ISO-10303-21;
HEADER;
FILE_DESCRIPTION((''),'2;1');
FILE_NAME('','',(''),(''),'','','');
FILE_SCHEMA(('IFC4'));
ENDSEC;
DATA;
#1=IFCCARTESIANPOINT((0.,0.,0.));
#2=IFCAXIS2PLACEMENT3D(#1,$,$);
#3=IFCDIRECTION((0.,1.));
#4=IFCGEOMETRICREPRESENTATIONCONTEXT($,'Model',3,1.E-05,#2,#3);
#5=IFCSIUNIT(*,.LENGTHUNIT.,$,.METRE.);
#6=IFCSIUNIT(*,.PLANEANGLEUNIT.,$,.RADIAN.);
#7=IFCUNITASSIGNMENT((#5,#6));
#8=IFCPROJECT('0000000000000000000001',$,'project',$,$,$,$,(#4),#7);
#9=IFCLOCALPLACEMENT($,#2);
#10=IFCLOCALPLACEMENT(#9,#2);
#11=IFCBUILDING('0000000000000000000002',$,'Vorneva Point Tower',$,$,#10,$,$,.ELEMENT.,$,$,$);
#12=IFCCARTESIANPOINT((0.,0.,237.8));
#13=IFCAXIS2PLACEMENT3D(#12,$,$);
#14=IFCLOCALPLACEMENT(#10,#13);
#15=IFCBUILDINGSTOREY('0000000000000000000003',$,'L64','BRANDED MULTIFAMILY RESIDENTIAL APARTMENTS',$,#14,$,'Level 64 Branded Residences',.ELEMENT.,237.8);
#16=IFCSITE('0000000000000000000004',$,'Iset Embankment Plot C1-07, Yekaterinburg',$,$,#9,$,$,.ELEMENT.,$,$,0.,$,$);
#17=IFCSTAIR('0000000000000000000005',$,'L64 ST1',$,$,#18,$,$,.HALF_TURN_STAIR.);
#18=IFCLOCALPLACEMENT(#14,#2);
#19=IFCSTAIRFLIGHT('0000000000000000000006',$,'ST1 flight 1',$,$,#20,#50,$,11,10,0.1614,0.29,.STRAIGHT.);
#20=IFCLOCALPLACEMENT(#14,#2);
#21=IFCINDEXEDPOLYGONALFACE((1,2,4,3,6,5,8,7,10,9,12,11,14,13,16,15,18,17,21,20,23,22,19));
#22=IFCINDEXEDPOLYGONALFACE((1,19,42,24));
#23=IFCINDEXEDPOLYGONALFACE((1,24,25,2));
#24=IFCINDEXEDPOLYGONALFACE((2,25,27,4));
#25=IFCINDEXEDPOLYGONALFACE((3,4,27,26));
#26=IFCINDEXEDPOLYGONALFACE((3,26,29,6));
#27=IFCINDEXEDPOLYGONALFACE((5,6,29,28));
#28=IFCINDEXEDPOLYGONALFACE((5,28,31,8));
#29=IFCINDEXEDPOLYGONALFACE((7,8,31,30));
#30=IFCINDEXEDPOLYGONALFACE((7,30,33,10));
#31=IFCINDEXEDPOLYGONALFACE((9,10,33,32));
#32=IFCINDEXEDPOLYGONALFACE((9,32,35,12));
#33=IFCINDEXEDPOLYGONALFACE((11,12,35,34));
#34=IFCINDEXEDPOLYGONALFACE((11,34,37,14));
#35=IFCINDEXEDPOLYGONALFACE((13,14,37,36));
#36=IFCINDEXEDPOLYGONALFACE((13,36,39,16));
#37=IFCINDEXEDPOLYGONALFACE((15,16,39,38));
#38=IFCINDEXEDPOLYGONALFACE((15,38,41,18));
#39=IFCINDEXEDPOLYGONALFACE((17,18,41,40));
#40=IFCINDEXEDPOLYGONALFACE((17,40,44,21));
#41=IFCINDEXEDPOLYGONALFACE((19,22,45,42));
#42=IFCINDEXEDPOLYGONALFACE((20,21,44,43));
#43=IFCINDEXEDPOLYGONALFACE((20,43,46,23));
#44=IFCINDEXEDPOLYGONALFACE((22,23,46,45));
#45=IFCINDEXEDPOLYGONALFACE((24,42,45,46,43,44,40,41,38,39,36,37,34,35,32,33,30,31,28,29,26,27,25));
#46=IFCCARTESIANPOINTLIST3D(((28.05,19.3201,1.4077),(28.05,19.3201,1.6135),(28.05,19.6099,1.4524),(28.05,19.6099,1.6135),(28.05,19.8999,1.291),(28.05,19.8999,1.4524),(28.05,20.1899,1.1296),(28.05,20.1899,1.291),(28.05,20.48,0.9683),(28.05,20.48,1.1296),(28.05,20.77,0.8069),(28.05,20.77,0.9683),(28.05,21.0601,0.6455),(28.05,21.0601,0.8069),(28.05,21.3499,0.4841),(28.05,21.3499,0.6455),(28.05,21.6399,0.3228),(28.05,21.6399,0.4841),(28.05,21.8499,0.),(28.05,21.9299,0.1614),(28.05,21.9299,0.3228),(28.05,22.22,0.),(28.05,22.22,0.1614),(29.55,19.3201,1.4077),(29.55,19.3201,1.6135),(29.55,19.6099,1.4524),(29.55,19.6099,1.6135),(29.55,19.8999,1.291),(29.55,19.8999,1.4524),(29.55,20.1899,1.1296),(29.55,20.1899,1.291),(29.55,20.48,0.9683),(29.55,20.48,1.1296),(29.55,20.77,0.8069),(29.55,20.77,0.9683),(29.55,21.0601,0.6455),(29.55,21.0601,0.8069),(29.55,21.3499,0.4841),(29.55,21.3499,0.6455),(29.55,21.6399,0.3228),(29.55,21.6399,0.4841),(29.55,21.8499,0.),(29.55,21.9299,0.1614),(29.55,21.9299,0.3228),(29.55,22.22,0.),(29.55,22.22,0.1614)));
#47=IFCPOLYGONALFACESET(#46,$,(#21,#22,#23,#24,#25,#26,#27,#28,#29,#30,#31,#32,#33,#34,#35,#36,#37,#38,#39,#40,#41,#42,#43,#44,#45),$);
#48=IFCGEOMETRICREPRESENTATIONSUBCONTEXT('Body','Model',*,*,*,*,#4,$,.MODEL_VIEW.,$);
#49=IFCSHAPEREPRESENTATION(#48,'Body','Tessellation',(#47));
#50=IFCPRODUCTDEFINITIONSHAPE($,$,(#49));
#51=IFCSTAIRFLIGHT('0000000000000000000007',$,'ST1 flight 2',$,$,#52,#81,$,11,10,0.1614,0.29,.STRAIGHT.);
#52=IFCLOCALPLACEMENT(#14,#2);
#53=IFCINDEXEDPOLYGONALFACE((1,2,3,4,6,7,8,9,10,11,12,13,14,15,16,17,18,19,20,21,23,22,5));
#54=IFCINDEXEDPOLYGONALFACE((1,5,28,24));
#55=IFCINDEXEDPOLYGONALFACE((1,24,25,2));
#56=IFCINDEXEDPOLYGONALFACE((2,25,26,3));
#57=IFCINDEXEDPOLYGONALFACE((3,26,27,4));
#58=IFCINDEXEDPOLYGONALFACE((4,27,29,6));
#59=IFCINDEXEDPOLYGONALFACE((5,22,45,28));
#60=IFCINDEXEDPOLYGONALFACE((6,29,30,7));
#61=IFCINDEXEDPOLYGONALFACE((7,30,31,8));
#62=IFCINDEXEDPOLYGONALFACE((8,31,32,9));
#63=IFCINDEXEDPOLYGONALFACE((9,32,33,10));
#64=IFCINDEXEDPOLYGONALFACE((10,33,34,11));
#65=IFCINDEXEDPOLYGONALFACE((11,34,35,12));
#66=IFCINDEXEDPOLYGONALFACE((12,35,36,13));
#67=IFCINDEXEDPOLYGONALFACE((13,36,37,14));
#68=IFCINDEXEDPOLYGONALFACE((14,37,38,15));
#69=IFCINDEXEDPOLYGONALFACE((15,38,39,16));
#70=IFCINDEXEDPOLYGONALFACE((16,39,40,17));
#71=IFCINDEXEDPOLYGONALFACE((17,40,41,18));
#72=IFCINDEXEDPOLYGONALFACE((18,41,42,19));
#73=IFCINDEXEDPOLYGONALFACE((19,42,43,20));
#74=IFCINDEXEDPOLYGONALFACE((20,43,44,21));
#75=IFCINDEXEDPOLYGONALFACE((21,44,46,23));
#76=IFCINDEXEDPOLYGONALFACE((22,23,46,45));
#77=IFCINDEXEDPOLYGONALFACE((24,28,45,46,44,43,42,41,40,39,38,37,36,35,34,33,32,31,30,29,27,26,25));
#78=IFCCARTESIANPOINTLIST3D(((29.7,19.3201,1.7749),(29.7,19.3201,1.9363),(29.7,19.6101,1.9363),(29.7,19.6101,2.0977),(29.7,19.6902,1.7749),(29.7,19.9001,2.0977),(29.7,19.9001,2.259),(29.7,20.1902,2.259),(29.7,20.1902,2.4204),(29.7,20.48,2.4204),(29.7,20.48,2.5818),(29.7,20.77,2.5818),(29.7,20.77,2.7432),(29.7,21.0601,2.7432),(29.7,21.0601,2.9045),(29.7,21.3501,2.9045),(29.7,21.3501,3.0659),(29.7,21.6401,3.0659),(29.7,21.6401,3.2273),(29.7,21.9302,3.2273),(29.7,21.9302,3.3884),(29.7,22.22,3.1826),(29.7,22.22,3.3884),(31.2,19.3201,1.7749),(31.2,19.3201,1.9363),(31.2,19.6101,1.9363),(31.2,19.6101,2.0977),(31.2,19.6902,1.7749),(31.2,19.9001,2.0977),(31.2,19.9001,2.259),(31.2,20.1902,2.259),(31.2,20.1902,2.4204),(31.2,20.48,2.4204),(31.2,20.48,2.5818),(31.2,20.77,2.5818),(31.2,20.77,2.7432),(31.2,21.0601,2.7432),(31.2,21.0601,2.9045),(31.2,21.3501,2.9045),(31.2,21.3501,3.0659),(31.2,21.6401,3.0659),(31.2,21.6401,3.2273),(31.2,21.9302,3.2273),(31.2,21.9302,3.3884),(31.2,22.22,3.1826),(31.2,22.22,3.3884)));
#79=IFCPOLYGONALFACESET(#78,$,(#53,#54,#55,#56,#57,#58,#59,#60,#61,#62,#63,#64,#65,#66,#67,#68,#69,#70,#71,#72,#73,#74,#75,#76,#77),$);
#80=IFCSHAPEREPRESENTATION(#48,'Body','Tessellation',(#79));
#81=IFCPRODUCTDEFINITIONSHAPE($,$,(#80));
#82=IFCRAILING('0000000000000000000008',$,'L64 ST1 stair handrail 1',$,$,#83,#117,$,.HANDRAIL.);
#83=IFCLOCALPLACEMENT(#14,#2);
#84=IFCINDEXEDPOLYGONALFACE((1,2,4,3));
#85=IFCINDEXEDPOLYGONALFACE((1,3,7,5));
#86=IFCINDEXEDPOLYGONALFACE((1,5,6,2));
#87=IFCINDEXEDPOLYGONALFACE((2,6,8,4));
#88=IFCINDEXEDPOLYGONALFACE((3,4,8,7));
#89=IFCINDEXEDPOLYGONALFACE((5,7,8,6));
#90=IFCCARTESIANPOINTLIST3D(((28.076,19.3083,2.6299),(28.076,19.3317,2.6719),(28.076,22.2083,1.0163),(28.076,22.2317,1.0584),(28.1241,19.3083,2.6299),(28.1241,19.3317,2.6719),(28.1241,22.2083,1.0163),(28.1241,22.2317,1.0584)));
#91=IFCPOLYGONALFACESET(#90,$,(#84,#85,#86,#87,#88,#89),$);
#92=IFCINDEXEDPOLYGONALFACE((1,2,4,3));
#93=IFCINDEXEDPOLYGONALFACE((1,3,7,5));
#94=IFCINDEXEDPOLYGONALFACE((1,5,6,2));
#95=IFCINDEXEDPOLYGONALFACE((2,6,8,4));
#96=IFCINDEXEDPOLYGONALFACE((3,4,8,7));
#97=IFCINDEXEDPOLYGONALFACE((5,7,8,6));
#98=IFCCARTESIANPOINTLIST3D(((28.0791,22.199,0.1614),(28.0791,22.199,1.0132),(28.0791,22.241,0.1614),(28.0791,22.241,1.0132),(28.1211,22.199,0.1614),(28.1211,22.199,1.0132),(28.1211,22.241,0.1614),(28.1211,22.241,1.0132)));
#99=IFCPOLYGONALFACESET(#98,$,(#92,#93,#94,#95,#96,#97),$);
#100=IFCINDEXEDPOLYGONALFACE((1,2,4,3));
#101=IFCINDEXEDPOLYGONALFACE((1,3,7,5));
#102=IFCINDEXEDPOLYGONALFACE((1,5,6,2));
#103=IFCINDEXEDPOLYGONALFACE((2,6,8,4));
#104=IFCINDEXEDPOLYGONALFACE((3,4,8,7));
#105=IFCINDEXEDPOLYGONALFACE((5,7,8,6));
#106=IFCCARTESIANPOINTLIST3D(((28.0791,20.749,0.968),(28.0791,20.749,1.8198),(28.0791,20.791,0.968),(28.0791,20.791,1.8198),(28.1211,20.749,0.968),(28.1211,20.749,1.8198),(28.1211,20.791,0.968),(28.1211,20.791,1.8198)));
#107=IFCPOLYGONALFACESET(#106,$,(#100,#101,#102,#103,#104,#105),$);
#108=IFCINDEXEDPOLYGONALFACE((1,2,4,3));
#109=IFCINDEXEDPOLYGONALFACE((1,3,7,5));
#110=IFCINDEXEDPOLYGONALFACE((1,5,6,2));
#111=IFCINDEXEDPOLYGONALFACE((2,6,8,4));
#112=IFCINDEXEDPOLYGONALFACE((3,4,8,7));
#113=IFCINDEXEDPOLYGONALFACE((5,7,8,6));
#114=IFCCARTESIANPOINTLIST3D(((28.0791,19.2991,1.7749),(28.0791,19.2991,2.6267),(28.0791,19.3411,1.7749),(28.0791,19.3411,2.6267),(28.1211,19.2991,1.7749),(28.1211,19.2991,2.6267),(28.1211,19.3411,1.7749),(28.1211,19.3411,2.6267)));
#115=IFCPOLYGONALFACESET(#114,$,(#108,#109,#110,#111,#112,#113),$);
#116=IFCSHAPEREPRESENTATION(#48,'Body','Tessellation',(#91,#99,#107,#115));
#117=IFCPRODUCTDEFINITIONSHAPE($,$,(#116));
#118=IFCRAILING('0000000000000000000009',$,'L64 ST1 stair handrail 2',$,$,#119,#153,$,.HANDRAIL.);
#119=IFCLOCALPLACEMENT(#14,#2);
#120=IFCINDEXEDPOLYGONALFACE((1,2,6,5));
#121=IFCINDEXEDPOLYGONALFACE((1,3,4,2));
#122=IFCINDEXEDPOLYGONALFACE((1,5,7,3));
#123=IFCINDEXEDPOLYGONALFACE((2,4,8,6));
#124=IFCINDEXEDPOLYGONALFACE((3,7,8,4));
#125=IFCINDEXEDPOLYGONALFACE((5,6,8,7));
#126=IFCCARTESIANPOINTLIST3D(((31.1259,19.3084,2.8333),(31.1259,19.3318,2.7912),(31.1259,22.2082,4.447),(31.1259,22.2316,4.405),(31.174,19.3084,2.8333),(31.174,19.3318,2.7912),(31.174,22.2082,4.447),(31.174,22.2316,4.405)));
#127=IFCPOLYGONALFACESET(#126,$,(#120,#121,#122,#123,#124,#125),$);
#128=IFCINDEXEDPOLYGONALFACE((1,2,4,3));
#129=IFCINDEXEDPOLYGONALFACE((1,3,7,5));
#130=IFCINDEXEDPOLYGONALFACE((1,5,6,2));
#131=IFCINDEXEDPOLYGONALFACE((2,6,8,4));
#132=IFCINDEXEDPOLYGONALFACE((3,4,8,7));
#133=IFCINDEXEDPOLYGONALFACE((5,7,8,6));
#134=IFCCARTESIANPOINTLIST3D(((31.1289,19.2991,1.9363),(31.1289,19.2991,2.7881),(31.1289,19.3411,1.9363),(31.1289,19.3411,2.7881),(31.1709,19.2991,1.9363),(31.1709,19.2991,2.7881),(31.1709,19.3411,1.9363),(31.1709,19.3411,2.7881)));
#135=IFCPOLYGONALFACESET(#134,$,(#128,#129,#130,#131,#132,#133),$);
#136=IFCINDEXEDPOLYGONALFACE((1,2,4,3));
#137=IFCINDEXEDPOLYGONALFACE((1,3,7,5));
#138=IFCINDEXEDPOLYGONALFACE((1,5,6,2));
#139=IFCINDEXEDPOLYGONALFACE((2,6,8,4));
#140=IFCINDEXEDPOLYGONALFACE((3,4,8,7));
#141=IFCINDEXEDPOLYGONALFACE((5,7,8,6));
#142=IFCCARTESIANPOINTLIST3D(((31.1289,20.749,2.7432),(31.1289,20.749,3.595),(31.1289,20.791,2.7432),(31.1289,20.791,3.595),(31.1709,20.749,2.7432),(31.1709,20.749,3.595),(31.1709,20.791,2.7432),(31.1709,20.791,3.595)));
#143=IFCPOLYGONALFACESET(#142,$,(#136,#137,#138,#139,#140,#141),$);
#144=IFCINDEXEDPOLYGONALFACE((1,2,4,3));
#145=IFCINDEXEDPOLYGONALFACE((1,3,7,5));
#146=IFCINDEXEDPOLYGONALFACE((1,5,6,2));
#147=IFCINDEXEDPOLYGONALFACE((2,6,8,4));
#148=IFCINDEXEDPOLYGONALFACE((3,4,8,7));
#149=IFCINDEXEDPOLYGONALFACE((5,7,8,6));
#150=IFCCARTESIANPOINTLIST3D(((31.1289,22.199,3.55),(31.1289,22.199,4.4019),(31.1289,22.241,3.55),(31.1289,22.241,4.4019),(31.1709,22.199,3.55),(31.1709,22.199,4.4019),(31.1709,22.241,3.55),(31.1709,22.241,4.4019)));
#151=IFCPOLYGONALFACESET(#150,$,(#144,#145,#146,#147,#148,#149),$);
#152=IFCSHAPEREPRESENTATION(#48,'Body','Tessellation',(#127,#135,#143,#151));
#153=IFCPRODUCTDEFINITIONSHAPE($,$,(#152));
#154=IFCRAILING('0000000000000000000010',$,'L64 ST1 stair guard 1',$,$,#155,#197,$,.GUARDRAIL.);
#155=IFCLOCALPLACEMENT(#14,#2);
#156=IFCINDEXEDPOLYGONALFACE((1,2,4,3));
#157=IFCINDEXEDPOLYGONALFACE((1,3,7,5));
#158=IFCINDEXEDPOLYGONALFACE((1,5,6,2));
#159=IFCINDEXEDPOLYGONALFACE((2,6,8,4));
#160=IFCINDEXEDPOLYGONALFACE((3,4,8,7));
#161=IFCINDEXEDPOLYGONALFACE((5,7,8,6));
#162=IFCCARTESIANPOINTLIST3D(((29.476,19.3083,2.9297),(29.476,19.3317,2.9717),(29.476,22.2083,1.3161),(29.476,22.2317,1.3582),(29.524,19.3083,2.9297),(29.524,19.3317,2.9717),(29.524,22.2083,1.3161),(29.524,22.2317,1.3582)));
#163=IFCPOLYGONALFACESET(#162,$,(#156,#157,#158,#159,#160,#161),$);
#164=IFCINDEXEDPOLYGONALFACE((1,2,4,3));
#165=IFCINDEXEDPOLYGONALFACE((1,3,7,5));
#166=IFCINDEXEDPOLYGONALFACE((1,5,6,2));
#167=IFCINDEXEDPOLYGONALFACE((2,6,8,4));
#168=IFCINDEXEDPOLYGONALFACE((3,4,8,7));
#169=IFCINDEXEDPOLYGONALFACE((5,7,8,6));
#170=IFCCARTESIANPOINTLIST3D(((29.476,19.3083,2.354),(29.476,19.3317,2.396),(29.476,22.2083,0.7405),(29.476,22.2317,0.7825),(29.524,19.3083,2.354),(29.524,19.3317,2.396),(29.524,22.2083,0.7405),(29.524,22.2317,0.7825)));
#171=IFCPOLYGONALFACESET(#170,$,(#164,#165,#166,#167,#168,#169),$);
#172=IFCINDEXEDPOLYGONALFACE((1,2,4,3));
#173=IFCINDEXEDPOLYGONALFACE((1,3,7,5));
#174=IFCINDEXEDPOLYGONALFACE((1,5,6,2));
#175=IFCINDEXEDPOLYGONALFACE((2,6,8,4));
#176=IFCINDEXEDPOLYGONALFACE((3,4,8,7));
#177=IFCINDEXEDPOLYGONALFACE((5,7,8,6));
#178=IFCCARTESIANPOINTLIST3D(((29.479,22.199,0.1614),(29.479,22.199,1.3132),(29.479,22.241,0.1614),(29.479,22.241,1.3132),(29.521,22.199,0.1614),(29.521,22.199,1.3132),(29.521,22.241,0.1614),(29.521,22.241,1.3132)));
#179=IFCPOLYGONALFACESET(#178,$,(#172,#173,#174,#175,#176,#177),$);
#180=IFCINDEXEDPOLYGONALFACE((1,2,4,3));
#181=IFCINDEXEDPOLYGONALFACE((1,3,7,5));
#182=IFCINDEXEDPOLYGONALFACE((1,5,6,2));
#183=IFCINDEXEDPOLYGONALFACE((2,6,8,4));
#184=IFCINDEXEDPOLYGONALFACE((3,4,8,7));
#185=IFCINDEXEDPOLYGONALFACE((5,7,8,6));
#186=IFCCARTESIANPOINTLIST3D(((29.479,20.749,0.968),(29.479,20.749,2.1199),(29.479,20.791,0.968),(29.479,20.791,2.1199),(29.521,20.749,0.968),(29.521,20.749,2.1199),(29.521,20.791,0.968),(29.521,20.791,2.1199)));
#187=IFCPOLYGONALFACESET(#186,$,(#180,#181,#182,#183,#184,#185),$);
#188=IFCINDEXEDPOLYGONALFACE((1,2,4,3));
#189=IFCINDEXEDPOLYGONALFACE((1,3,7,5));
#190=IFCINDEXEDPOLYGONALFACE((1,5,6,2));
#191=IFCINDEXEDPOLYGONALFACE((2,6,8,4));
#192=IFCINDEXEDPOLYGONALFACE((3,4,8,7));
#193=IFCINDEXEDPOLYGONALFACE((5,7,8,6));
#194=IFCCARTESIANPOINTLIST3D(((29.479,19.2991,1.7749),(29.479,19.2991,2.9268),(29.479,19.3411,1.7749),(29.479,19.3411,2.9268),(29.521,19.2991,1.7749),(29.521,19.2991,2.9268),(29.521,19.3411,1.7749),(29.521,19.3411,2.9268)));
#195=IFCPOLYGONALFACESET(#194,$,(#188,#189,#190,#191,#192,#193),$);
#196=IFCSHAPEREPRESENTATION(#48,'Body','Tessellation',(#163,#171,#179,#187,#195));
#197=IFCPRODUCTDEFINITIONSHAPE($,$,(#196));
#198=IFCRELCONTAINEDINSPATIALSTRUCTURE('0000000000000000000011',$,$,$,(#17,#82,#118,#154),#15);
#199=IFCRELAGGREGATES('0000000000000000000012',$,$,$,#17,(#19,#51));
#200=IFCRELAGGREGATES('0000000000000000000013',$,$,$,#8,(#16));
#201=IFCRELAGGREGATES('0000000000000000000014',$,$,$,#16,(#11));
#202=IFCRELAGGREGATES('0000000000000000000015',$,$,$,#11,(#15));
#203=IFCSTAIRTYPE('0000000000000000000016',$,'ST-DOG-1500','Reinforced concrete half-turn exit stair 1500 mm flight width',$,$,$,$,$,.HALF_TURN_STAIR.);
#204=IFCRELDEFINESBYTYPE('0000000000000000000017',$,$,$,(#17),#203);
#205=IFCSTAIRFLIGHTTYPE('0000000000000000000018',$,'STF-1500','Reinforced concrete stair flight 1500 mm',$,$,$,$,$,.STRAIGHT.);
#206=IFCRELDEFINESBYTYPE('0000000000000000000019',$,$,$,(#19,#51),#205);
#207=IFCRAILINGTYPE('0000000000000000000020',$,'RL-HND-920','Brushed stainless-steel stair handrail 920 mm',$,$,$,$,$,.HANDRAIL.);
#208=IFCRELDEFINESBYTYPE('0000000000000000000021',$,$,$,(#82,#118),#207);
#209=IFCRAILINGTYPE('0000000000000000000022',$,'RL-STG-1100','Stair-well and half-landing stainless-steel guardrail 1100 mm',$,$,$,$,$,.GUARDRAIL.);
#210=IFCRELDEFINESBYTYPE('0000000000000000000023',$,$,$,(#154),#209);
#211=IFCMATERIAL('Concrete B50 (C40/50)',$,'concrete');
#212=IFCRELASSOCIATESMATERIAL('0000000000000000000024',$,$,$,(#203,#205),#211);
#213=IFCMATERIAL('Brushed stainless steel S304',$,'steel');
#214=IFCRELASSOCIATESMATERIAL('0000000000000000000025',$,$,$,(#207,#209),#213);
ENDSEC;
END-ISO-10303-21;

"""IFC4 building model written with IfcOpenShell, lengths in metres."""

from ifc_helpers import new_model, si_unit, direction, frame, origin, origin_2d, place, context, subcontext, project, spatial, polyline, rectangle, outline, extrude, material, type_object, element, aggregate, save


model = new_model("IFC4")

# Units and contexts
model_context = context("Model", 3, precision=1e-05, world=origin(), true_north=direction((0.0, 1.0)))
body_context = subcontext(model_context, "Body", "Model", "MODEL_VIEW")
ifc_project = project(units=[si_unit("LENGTHUNIT", "METRE"), si_unit("PLANEANGLEUNIT", "RADIAN")], contexts=[model_context])

# Site, building, storey
site_placement = place(None, origin())
site = spatial("IfcSite", under=ifc_project, at=site_placement, Name="Iset Embankment Plot C1-07, Yekaterinburg", CompositionType="ELEMENT", RefElevation=0.0)
building_placement = place(site_placement, origin())
building = spatial("IfcBuilding", under=site, at=building_placement, Name="Vorneva Point Tower", CompositionType="ELEMENT")
storey_placement = place(building_placement, frame((0.0, 0.0, 237.8)))
storey = spatial("IfcBuildingStorey", under=building, at=storey_placement, Name="L64", Description="BRANDED MULTIFAMILY RESIDENTIAL APARTMENTS", LongName="Level 64 Branded Residences", CompositionType="ELEMENT", Elevation=237.8)

# Shared definitions
ifc_material_1 = material(Name="Concrete B50 (C40/50)", Category="concrete")

# Stair, stair flights
stair_type = type_object("IfcStairType", Name="ST-DOG-1500", Description="Reinforced concrete half-turn exit stair 1500 mm flight width", PredefinedType="HALF_TURN_STAIR", material=ifc_material_1)
stair_placement = place(storey_placement, origin())
stair = element("IfcStair", 1, at=stair_placement, inside=storey, type_object=stair_type, Name="L64 ST1", PredefinedType="HALF_TURN_STAIR")
stair_flight_type = type_object("IfcStairFlightType", Name="STF-1500", Description="Reinforced concrete stair flight 1500 mm", PredefinedType="STRAIGHT", material=ifc_material_1)
stair_flight_1_placement = place(storey_placement, frame((28.8, 22.22, 0.0), z_axis=(0.0, 0.0, 1.0), x_axis=(0.0, -1.0, 0.0)))
stair_flight_1 = element("IfcStairFlight", 2, at=stair_flight_1_placement, type_object=stair_flight_type, Name="ST1 flight 1", NumberOfRisers=11, NumberOfTreads=10, PredefinedType="STRAIGHT", RiserHeight=0.1614, TreadLength=0.29, context=body_context, shape_type="SweptSolid", body=[
    extrude(outline(polyline([(0.0, 0.0), (0.0, 0.1614), (0.29, 0.1614), (0.29, 0.3228), (0.5801, 0.3228), (0.5801, 0.4841), (0.8701, 0.4841), (0.8701, 0.6455), (1.1599, 0.6455), (1.1599, 0.8069), (1.45, 0.8069), (1.45, 0.9683), (1.74, 0.9683), (1.74, 1.1296), (2.03, 1.1296), (2.03, 1.291), (2.3201, 1.291), (2.3201, 1.4524), (2.6101, 1.4524), (2.6101, 1.6135), (2.8999, 1.6135), (2.8999, 1.7749), (2.8999, 1.4077), (0.3701, 0.0), (0.0, 0.0)])), frame((0.0, 0.75, 0.0), z_axis=(0.0, -1.0, 0.0), x_axis=(1.0, 0.0, 0.0)), (0.0, 0.0, 1.0), 1.5),
])
stair_flight_2_placement = place(storey_placement, frame((30.45, 19.3201, 1.7749), z_axis=(0.0, 0.0, 1.0), x_axis=(0.0, 1.0, 0.0)))
stair_flight_2 = element("IfcStairFlight", 3, at=stair_flight_2_placement, type_object=stair_flight_type, Name="ST1 flight 2", NumberOfRisers=11, NumberOfTreads=10, PredefinedType="STRAIGHT", RiserHeight=0.1614, TreadLength=0.29, context=body_context, shape_type="SweptSolid", body=[
    extrude(outline(polyline([(0.0, 0.0), (0.0, 0.1614), (0.29, 0.1614), (0.29, 0.3228), (0.5801, 0.3228), (0.5801, 0.4841), (0.8701, 0.4841), (0.8701, 0.6455), (1.1599, 0.6455), (1.1599, 0.8069), (1.45, 0.8069), (1.45, 0.9683), (1.74, 0.9683), (1.74, 1.1296), (2.03, 1.1296), (2.03, 1.291), (2.3201, 1.291), (2.3201, 1.4524), (2.6101, 1.4524), (2.6101, 1.6135), (2.8999, 1.6135), (2.8999, 1.7749), (2.8999, 1.4077), (0.3701, 0.0), (0.0, 0.0)])), frame((0.0, 0.75, 0.0), z_axis=(0.0, -1.0, 0.0), x_axis=(1.0, 0.0, 0.0)), (0.0, 0.0, 1.0), 1.5),
])
aggregate(stair, [stair_flight_1, stair_flight_2])

# Railings
ifc_material_2 = material(Name="Brushed stainless steel S304", Category="steel")
railing_type_1 = type_object("IfcRailingType", Name="RL-HND-920", Description="Brushed stainless-steel stair handrail 920 mm", PredefinedType="HANDRAIL", material=ifc_material_2)
railing_1_placement = place(storey_placement, frame((28.1001, 22.22, 0.1614)))
element("IfcRailing", 4, at=railing_1_placement, inside=storey, type_object=railing_type_1, Name="L64 ST1 stair handrail 1", PredefinedType="HANDRAIL", context=body_context, shape_type="SweptSolid", body=[
    extrude(rectangle(XDim=0.0481, YDim=0.0481, at=origin_2d()), frame((0.0, 0.0, 0.876), z_axis=(0.0, -0.873841, 0.486211), x_axis=(1.0, 0.0, 0.0)), (0.0, 0.0, 1.0), 3.3186),
    extrude(rectangle(XDim=0.042, YDim=0.042, at=origin_2d()), origin(), (0.0, 0.0, 1.0), 0.8518),
    extrude(rectangle(XDim=0.042, YDim=0.042, at=origin_2d()), frame((0.0, -1.45, 0.8066)), (0.0, 0.0, 1.0), 0.8518),
    extrude(rectangle(XDim=0.042, YDim=0.042, at=origin_2d()), frame((0.0, -2.8999, 1.6135)), (0.0, 0.0, 1.0), 0.8518),
])
railing_2_placement = place(storey_placement, frame((31.1499, 19.3201, 1.9363)))
element("IfcRailing", 5, at=railing_2_placement, inside=storey, type_object=railing_type_1, Name="L64 ST1 stair handrail 2", PredefinedType="HANDRAIL", context=body_context, shape_type="SweptSolid", body=[
    extrude(rectangle(XDim=0.0481, YDim=0.0481, at=origin_2d()), frame((0.0, 0.0, 0.876), z_axis=(0.0, 0.87381, 0.486267), x_axis=(-1.0, 0.0, 0.0)), (0.0, 0.0, 1.0), 3.3186),
    extrude(rectangle(XDim=0.042, YDim=0.042, at=origin_2d()), origin(), (0.0, 0.0, 1.0), 0.8518),
    extrude(rectangle(XDim=0.042, YDim=0.042, at=origin_2d()), frame((0.0, 1.45, 0.8069)), (0.0, 0.0, 1.0), 0.8518),
    extrude(rectangle(XDim=0.042, YDim=0.042, at=origin_2d()), frame((0.0, 2.8999, 1.6138)), (0.0, 0.0, 1.0), 0.8518),
])
railing_type_2 = type_object("IfcRailingType", Name="RL-STG-1100", Description="Stair-well and half-landing stainless-steel guardrail 1100 mm", PredefinedType="GUARDRAIL", material=ifc_material_2)
railing_3_placement = place(storey_placement, frame((29.5, 22.22, 0.1614)))
element("IfcRailing", 6, at=railing_3_placement, inside=storey, type_object=railing_type_2, Name="L64 ST1 stair guard 1", PredefinedType="GUARDRAIL", context=body_context, shape_type="SweptSolid", body=[
    extrude(rectangle(XDim=0.0481, YDim=0.0481, at=origin_2d()), frame((0.0, 0.0, 1.1758), z_axis=(0.0, -0.873841, 0.486211), x_axis=(1.0, 0.0, 0.0)), (0.0, 0.0, 1.0), 3.3186),
    extrude(rectangle(XDim=0.0481, YDim=0.0481, at=origin_2d()), frame((0.0, 0.0, 0.6001), z_axis=(0.0, -0.873841, 0.486211), x_axis=(1.0, 0.0, 0.0)), (0.0, 0.0, 1.0), 3.3186),
    extrude(rectangle(XDim=0.042, YDim=0.042, at=origin_2d()), origin(), (0.0, 0.0, 1.0), 1.1519),
    extrude(rectangle(XDim=0.042, YDim=0.042, at=origin_2d()), frame((0.0, -1.45, 0.8066)), (0.0, 0.0, 1.0), 1.1519),
    extrude(rectangle(XDim=0.042, YDim=0.042, at=origin_2d()), frame((0.0, -2.8999, 1.6135)), (0.0, 0.0, 1.0), 1.1519),
])

save(model, "model.ifc")
